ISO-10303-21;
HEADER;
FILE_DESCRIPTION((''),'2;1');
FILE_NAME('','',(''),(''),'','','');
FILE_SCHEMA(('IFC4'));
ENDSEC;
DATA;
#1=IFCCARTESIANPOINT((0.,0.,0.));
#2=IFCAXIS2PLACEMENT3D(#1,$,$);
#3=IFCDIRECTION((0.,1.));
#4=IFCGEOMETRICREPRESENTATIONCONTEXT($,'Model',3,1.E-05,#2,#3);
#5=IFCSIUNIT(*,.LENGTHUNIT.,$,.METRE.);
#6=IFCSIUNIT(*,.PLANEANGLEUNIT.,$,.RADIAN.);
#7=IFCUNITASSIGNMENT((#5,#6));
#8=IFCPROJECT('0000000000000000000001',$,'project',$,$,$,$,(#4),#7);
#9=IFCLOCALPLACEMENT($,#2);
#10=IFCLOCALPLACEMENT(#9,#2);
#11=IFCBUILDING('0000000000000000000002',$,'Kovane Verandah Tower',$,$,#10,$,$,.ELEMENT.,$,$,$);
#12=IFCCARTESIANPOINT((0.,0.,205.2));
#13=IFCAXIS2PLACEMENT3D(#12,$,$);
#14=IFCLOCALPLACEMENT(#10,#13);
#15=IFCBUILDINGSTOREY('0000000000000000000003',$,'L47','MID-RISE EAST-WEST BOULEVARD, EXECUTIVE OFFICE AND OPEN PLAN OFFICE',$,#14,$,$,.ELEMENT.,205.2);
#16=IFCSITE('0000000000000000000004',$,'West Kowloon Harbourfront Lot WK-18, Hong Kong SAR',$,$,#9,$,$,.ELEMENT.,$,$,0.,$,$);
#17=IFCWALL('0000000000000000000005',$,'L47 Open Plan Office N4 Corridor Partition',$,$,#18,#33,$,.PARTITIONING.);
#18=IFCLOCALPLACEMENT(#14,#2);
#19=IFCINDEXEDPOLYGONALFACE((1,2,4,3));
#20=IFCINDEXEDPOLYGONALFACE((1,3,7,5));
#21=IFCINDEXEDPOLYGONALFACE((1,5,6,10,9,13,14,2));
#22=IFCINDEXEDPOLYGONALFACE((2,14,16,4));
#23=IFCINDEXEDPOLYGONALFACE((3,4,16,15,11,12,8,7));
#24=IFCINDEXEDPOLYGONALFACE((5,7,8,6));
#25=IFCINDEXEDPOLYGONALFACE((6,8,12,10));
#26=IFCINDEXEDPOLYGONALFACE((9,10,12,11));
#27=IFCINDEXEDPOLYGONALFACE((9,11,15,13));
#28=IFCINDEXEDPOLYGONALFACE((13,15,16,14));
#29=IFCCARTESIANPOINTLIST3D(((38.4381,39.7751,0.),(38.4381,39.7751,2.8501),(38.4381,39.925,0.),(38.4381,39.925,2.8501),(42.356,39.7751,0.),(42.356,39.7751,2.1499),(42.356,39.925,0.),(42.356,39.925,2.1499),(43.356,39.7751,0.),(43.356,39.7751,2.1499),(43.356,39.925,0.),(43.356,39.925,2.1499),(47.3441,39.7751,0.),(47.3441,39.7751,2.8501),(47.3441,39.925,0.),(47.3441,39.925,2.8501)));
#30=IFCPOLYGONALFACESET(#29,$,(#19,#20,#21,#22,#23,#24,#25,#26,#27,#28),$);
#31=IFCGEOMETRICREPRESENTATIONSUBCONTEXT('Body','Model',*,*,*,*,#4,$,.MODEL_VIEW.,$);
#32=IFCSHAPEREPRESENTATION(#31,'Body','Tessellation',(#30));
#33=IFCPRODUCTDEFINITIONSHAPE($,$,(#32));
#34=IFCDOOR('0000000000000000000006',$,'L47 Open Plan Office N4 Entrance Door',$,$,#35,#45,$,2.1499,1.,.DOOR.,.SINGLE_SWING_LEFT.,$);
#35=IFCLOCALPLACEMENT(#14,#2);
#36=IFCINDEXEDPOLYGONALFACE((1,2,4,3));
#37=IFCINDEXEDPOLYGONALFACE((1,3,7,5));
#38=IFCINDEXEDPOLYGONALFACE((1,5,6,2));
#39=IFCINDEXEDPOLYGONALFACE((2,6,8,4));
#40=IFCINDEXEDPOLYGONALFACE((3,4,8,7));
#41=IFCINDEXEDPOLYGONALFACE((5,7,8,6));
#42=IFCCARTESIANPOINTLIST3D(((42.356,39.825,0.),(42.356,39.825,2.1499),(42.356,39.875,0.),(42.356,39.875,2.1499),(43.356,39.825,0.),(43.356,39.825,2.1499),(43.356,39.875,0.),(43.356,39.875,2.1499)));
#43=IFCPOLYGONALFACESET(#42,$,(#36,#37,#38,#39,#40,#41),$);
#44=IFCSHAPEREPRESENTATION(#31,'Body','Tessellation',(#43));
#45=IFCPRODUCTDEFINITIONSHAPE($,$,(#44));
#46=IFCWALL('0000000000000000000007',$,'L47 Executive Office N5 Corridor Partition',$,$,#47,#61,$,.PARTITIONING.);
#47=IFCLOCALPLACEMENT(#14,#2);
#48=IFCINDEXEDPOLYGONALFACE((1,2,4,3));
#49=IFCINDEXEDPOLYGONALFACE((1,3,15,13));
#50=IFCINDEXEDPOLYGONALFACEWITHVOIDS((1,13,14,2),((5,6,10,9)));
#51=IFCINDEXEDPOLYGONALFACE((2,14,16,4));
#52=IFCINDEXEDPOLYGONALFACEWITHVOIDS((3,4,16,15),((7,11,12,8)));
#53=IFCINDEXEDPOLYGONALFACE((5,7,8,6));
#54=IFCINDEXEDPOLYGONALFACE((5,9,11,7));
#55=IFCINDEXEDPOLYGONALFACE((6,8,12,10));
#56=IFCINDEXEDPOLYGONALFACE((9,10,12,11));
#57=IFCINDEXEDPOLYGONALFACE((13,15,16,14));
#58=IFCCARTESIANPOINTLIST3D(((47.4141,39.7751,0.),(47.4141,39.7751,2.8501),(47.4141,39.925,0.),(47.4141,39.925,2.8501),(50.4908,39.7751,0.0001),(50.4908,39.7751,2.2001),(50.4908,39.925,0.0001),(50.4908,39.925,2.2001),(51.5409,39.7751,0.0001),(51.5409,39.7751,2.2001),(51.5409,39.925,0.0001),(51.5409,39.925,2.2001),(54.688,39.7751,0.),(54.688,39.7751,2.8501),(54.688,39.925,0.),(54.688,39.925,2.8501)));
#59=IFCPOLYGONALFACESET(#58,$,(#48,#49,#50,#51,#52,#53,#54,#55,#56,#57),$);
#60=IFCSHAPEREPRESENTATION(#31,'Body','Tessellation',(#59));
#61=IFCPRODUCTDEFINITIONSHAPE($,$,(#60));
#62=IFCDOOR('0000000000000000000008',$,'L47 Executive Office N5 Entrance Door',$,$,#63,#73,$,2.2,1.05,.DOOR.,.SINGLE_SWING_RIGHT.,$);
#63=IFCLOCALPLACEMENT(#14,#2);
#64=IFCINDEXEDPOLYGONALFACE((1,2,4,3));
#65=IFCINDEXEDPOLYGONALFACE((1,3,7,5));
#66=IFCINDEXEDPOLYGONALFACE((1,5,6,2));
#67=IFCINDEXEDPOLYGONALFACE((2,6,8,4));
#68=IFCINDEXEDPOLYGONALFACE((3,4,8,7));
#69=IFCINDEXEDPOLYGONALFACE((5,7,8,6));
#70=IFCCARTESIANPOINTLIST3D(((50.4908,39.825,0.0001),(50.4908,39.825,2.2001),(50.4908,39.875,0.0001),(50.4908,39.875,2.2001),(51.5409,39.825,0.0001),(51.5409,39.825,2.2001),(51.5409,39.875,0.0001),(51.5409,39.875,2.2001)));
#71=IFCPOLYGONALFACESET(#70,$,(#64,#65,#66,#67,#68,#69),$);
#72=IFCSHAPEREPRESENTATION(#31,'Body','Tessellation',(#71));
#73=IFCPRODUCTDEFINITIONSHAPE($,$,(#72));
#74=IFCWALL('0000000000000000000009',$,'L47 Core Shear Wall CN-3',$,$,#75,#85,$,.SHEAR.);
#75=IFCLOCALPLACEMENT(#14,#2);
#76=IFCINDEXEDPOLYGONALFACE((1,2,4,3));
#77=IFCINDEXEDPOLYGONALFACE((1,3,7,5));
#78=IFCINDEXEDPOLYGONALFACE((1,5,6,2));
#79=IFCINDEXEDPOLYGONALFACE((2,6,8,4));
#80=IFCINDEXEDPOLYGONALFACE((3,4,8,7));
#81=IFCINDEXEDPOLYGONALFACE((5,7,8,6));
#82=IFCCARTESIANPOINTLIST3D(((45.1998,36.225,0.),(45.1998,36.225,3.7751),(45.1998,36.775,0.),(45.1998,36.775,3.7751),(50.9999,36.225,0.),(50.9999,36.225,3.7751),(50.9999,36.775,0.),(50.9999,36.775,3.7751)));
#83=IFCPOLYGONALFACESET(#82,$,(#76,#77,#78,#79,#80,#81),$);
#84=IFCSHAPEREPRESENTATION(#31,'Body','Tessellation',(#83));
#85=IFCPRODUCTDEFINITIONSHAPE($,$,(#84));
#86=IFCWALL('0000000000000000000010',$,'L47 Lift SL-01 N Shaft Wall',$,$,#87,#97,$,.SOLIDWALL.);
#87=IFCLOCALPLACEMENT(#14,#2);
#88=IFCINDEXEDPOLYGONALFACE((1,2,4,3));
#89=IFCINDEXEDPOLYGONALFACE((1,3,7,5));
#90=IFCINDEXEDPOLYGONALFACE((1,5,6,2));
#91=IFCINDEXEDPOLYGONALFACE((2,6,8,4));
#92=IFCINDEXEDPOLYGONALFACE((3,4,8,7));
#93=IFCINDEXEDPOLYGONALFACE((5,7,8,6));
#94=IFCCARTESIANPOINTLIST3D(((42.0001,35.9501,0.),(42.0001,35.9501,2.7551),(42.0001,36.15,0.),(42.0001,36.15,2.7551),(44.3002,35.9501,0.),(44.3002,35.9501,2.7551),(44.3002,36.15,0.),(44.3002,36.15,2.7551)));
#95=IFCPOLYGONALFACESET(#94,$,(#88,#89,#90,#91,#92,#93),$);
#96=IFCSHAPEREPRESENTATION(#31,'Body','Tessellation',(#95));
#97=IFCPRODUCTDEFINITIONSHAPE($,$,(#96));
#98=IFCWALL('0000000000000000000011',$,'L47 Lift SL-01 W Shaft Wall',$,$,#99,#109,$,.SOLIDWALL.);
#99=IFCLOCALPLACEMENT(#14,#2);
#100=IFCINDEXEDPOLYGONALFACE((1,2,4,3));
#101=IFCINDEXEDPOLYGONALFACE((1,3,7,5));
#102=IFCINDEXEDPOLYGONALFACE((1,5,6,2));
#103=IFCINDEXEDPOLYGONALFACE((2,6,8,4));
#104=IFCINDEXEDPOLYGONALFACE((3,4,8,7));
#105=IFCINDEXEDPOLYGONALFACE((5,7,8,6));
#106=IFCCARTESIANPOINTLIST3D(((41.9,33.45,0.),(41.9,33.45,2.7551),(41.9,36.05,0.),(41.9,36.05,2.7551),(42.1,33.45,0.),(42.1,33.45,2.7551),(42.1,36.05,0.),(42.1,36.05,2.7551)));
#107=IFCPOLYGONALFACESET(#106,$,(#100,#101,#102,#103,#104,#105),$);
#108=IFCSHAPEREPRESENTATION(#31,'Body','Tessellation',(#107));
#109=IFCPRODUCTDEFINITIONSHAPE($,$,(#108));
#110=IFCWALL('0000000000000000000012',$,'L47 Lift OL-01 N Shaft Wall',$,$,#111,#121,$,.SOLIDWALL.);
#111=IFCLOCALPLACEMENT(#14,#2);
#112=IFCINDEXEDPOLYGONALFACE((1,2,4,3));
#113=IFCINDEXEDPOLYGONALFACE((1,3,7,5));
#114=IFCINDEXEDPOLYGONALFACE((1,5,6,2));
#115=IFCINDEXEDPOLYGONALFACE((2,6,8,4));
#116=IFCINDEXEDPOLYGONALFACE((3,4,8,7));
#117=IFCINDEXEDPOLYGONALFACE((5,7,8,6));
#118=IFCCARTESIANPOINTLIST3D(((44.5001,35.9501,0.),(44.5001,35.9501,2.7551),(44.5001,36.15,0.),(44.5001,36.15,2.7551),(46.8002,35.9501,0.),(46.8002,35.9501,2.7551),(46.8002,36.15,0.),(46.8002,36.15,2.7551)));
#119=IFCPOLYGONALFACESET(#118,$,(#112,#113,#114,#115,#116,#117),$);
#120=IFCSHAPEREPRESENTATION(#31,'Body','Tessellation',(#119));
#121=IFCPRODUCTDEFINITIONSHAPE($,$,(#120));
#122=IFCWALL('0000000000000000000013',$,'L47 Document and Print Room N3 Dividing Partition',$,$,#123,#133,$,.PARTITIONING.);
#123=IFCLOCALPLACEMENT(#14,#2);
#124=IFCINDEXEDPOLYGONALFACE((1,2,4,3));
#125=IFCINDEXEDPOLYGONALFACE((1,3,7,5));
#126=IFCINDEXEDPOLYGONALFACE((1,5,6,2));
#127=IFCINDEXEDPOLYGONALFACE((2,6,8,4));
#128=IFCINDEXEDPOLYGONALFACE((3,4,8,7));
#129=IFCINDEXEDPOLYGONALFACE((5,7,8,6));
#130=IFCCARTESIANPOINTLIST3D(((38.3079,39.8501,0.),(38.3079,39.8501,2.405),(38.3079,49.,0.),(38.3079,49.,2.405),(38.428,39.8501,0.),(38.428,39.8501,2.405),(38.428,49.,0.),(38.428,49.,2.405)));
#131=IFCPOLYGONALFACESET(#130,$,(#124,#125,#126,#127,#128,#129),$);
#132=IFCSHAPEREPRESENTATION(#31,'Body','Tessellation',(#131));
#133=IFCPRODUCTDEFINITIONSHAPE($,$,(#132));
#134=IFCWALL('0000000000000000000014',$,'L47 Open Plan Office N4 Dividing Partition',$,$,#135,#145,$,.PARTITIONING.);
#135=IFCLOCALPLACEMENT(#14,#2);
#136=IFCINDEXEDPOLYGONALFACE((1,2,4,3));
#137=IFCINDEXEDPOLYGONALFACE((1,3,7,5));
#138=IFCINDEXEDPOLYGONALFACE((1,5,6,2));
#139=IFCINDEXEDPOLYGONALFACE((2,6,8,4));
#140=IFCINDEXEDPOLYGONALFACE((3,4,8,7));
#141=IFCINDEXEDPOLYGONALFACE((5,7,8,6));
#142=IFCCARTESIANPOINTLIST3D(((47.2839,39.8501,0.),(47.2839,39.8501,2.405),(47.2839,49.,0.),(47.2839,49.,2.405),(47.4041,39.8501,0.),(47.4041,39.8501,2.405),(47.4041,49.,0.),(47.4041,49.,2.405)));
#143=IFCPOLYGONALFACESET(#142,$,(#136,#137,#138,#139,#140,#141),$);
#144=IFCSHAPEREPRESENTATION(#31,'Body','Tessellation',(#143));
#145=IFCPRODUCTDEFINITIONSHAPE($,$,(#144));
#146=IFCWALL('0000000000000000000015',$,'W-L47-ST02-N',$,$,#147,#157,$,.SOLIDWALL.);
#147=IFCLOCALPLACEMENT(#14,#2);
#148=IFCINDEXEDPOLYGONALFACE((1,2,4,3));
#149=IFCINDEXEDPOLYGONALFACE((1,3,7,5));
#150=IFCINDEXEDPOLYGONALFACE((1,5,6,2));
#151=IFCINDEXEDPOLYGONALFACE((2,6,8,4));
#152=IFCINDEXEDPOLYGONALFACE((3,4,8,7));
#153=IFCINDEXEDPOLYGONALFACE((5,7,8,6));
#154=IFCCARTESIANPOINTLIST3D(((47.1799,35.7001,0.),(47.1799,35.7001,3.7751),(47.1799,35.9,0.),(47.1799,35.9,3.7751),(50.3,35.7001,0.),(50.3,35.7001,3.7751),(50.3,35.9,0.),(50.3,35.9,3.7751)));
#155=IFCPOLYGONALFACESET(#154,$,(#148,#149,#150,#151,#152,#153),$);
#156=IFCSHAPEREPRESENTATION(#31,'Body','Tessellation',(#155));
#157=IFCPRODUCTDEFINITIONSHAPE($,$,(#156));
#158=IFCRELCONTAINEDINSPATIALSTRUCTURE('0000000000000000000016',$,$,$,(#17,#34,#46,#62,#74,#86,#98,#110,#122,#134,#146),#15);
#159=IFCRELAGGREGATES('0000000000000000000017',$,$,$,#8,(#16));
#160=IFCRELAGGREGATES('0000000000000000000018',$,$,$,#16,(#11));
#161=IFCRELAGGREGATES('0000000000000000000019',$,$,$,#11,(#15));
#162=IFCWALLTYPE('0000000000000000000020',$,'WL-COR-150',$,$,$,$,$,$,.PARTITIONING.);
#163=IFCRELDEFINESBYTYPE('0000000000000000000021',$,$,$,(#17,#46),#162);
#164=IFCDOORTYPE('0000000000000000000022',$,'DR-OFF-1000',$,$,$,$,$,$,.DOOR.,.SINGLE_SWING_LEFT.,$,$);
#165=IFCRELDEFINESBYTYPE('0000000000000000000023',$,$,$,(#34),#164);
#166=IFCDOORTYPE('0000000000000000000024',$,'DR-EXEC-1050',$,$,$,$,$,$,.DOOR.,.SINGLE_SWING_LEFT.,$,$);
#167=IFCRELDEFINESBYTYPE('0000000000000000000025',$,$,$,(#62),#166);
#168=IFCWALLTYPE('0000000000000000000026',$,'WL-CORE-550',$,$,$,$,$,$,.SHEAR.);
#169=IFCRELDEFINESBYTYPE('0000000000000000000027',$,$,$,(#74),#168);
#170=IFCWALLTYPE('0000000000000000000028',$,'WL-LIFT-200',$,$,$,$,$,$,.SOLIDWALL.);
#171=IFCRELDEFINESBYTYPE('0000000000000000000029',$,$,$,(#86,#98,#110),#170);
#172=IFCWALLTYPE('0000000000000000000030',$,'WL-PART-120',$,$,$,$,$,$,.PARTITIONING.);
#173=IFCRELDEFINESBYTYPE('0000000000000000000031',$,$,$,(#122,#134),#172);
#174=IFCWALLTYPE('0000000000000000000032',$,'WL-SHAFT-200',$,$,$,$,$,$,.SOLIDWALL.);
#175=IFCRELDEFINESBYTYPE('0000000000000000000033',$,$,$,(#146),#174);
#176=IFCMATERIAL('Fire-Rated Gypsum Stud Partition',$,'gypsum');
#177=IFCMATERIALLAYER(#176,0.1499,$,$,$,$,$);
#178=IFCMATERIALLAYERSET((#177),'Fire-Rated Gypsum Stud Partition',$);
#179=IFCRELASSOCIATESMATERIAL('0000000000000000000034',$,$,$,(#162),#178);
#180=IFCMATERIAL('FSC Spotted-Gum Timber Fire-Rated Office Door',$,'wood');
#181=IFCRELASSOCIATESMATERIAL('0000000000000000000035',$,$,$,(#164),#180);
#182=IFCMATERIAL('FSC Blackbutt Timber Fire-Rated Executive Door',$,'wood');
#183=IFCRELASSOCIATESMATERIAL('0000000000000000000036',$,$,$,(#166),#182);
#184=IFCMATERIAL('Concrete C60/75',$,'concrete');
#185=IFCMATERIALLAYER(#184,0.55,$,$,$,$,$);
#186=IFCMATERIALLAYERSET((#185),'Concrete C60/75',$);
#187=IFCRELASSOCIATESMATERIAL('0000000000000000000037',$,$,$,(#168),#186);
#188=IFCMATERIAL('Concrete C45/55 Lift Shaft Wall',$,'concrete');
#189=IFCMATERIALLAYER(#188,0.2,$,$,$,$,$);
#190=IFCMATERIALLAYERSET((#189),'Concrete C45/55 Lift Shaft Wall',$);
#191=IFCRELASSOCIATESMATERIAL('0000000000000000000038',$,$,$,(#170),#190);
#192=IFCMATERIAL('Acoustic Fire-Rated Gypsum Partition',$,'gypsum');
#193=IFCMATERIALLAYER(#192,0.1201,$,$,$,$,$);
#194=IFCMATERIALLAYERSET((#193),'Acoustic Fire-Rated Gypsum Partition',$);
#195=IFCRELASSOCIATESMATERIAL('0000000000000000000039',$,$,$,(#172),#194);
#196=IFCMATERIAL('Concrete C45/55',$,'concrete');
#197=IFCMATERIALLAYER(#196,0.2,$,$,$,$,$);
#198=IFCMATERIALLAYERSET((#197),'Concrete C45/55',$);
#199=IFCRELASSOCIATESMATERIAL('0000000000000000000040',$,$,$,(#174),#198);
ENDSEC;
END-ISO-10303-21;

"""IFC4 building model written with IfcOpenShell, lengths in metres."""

from ifc_helpers import new_model, si_unit, direction, frame, frame_2d, origin, place, context, subcontext, project, spatial, rectangle, extrude, material, layer, layer_set, type_object, element, fill, save


model = new_model("IFC4")

# Units and contexts
model_context = context("Model", 3, precision=1e-05, world=origin(), true_north=direction((0.0, 1.0)))
body_context = subcontext(model_context, "Body", "Model", "MODEL_VIEW")
ifc_project = project(units=[si_unit("LENGTHUNIT", "METRE"), si_unit("PLANEANGLEUNIT", "RADIAN")], contexts=[model_context])

# Site, building, storey
site_placement = place(None, origin())
site = spatial("IfcSite", under=ifc_project, at=site_placement, Name="West Kowloon Harbourfront Lot WK-18, Hong Kong SAR", CompositionType="ELEMENT", RefElevation=0.0)
building_placement = place(site_placement, origin())
building = spatial("IfcBuilding", under=site, at=building_placement, Name="Kovane Verandah Tower", CompositionType="ELEMENT")
storey_placement = place(building_placement, frame((0.0, 0.0, 205.2)))
storey = spatial("IfcBuildingStorey", under=building, at=storey_placement, Name="L47", Description="MID-RISE EAST-WEST BOULEVARD, EXECUTIVE OFFICE AND OPEN PLAN OFFICE", CompositionType="ELEMENT", Elevation=205.2)

# Shared definitions
ifc_material_1 = material(Name="Concrete C60/75", Category="concrete")

# Walls, openings, doors
ifc_material_2 = material(Name="Fire-Rated Gypsum Stud Partition", Category="gypsum")
ifc_layer_1 = layer(ifc_material_2, 0.1499)
ifc_layer_set_1 = layer_set([ifc_layer_1], Name="Fire-Rated Gypsum Stud Partition")
wall_type_1 = type_object("IfcWallType", Name="WL-COR-150", PredefinedType="PARTITIONING", material=ifc_layer_set_1)
wall_1_placement = place(storey_placement, frame((38.438, 39.8501, 0.0), z_axis=(0.0, 0.0, 1.0), x_axis=(1.0, 0.0, 0.0)))
wall_1 = element("IfcWall", 1, at=wall_1_placement, inside=storey, type_object=wall_type_1, Name="L47 Open Plan Office N4 Corridor Partition", PredefinedType="PARTITIONING", context=body_context, shape_type="SweptSolid", body=[
    extrude(rectangle(XDim=8.906, YDim=0.1499, at=frame_2d((4.4531, 0.0))), origin(), (0.0, 0.0, 1.0), 2.8501),
])
opening_1_placement = place(wall_1_placement, frame((3.918, 0.0, 0.0)))
opening_1 = element("IfcOpeningElement", 2, at=opening_1_placement, cuts=wall_1, PredefinedType="OPENING", context=body_context, shape_type="SweptSolid", body=[
    extrude(rectangle(XDim=1.0, YDim=2.1499, at=frame_2d((0.5, 1.075))), frame((0.0, 0.075, 0.0), z_axis=(0.0, -1.0, 0.0), x_axis=(1.0, 0.0, 0.0)), (0.0, 0.0, 1.0), 0.1499),
])
ifc_material_3 = material(Name="FSC Spotted-Gum Timber Fire-Rated Office Door", Category="wood")
door_type_1 = type_object("IfcDoorType", Name="DR-OFF-1000", OperationType="SINGLE_SWING_LEFT", PredefinedType="DOOR", material=ifc_material_3)
door_1_placement = place(opening_1_placement, origin())
door_1 = element("IfcDoor", 3, at=door_1_placement, inside=storey, type_object=door_type_1, Name="L47 Open Plan Office N4 Entrance Door", OperationType="SINGLE_SWING_LEFT", OverallHeight=2.1499, OverallWidth=1.0, PredefinedType="DOOR", context=body_context, shape_type="SweptSolid", body=[
    extrude(rectangle(XDim=1.0, YDim=2.1499, at=frame_2d((0.5, 1.075))), frame((0.0, 0.0249, 0.0), z_axis=(0.0, -1.0, 0.0), x_axis=(1.0, 0.0, 0.0)), (0.0, 0.0, 1.0), 0.05),
])
fill(opening_1, door_1)
wall_2_placement = place(storey_placement, frame((47.4141, 39.8501, 0.0), z_axis=(0.0, 0.0, 1.0), x_axis=(1.0, 0.0, 0.0)))
wall_2 = element("IfcWall", 4, at=wall_2_placement, inside=storey, type_object=wall_type_1, Name="L47 Executive Office N5 Corridor Partition", PredefinedType="PARTITIONING", context=body_context, shape_type="SweptSolid", body=[
    extrude(rectangle(XDim=7.2739, YDim=0.1499, at=frame_2d((3.637, 0.0))), origin(), (0.0, 0.0, 1.0), 2.8501),
])
opening_2_placement = place(wall_2_placement, frame((3.0769, 0.0, 0.0)))
opening_2 = element("IfcOpeningElement", 5, at=opening_2_placement, cuts=wall_2, PredefinedType="OPENING", context=body_context, shape_type="SweptSolid", body=[
    extrude(rectangle(XDim=1.05, YDim=2.2, at=frame_2d((0.5249, 1.1001))), frame((0.0, 0.075, 0.0), z_axis=(0.0, -1.0, 0.0), x_axis=(1.0, 0.0, 0.0)), (0.0, 0.0, 1.0), 0.1499),
])
ifc_material_4 = material(Name="FSC Blackbutt Timber Fire-Rated Executive Door", Category="wood")
door_type_2 = type_object("IfcDoorType", Name="DR-EXEC-1050", OperationType="SINGLE_SWING_LEFT", PredefinedType="DOOR", material=ifc_material_4)
door_2_placement = place(opening_2_placement, origin())
door_2 = element("IfcDoor", 6, at=door_2_placement, inside=storey, type_object=door_type_2, Name="L47 Executive Office N5 Entrance Door", OperationType="SINGLE_SWING_RIGHT", OverallHeight=2.2, OverallWidth=1.05, PredefinedType="DOOR", context=body_context, shape_type="SweptSolid", body=[
    extrude(rectangle(XDim=1.05, YDim=2.2, at=frame_2d((0.5249, 1.1001))), frame((0.0, 0.0249, 0.0), z_axis=(0.0, -1.0, 0.0), x_axis=(1.0, 0.0, 0.0)), (0.0, 0.0, 1.0), 0.05),
])
fill(opening_2, door_2)

# Walls
ifc_layer_2 = layer(ifc_material_1, 0.55)
ifc_layer_set_2 = layer_set([ifc_layer_2], Name="Concrete C60/75")
wall_type_2 = type_object("IfcWallType", Name="WL-CORE-550", PredefinedType="SHEAR", material=ifc_layer_set_2)
wall_3_placement = place(storey_placement, frame((45.2, 36.5, 0.0), z_axis=(0.0, 0.0, 1.0), x_axis=(1.0, 0.0, 0.0)))
element("IfcWall", 7, at=wall_3_placement, inside=storey, type_object=wall_type_2, Name="L47 Core Shear Wall CN-3", PredefinedType="SHEAR", context=body_context, shape_type="SweptSolid", body=[
    extrude(rectangle(XDim=5.8, YDim=0.55, at=frame_2d((2.8999, 0.0))), origin(), (0.0, 0.0, 1.0), 3.7751),
])
ifc_material_5 = material(Name="Concrete C45/55 Lift Shaft Wall", Category="concrete")
ifc_layer_3 = layer(ifc_material_5, 0.2)
ifc_layer_set_3 = layer_set([ifc_layer_3], Name="Concrete C45/55 Lift Shaft Wall")
wall_type_3 = type_object("IfcWallType", Name="WL-LIFT-200", PredefinedType="SOLIDWALL", material=ifc_layer_set_3)
wall_4_placement = place(storey_placement, frame((44.3, 36.05, 0.0), z_axis=(0.0, 0.0, 1.0), x_axis=(-1.0, 0.0, 0.0)))
element("IfcWall", 8, at=wall_4_placement, inside=storey, type_object=wall_type_3, Name="L47 Lift SL-01 N Shaft Wall", PredefinedType="SOLIDWALL", context=body_context, shape_type="SweptSolid", body=[
    extrude(rectangle(XDim=2.3, YDim=0.2, at=frame_2d((1.1499, 0.0))), origin(), (0.0, 0.0, 1.0), 2.7551),
])
wall_5_placement = place(storey_placement, frame((42.0, 36.05, 0.0), z_axis=(0.0, 0.0, 1.0), x_axis=(0.0, -1.0, 0.0)))
element("IfcWall", 9, at=wall_5_placement, inside=storey, type_object=wall_type_3, Name="L47 Lift SL-01 W Shaft Wall", PredefinedType="SOLIDWALL", context=body_context, shape_type="SweptSolid", body=[
    extrude(rectangle(XDim=2.6001, YDim=0.2, at=frame_2d((1.3, 0.0))), origin(), (0.0, 0.0, 1.0), 2.7551),
])
wall_6_placement = place(storey_placement, frame((46.8, 36.05, 0.0), z_axis=(0.0, 0.0, 1.0), x_axis=(-1.0, 0.0, 0.0)))
element("IfcWall", 10, at=wall_6_placement, inside=storey, type_object=wall_type_3, Name="L47 Lift OL-01 N Shaft Wall", PredefinedType="SOLIDWALL", context=body_context, shape_type="SweptSolid", body=[
    extrude(rectangle(XDim=2.3, YDim=0.2, at=frame_2d((1.1499, 0.0))), origin(), (0.0, 0.0, 1.0), 2.7551),
])
ifc_material_6 = material(Name="Acoustic Fire-Rated Gypsum Partition", Category="gypsum")
ifc_layer_4 = layer(ifc_material_6, 0.1201)
ifc_layer_set_4 = layer_set([ifc_layer_4], Name="Acoustic Fire-Rated Gypsum Partition")
wall_type_4 = type_object("IfcWallType", Name="WL-PART-120", PredefinedType="PARTITIONING", material=ifc_layer_set_4)
for number, where, z_axis, x_axis, name in (
    (11, (38.3679, 39.8501, 0.0), (0.0, 0.0, 1.0), (0.0, 1.0, 0.0), "L47 Document and Print Room N3 Dividing Partition"),
    (12, (47.344, 39.8501, 0.0), (0.0, 0.0, 1.0), (0.0, 1.0, 0.0), "L47 Open Plan Office N4 Dividing Partition"),
):
    element("IfcWall", number, at=place(storey_placement, frame(where, z_axis=z_axis, x_axis=x_axis)), inside=storey, type_object=wall_type_4, Name=name, PredefinedType="PARTITIONING", context=body_context, shape_type="SweptSolid", body=[
        extrude(rectangle(XDim=9.1499, YDim=0.1201, at=frame_2d((4.575, 0.0))), origin(), (0.0, 0.0, 1.0), 2.405),
    ])
ifc_material_7 = material(Name="Concrete C45/55", Category="concrete")
ifc_layer_5 = layer(ifc_material_7, 0.2)
ifc_layer_set_5 = layer_set([ifc_layer_5], Name="Concrete C45/55")
wall_type_5 = type_object("IfcWallType", Name="WL-SHAFT-200", PredefinedType="SOLIDWALL", material=ifc_layer_set_5)
wall_7_placement = place(storey_placement, frame((47.1799, 35.8, 0.0), z_axis=(0.0, 0.0, 1.0), x_axis=(1.0, 0.0, 0.0)))
element("IfcWall", 13, at=wall_7_placement, inside=storey, type_object=wall_type_5, Name="W-L47-ST02-N", PredefinedType="SOLIDWALL", context=body_context, shape_type="SweptSolid", body=[
    extrude(rectangle(XDim=3.1201, YDim=0.2, at=frame_2d((1.5601, 0.0))), origin(), (0.0, 0.0, 1.0), 3.7751),
])

save(model, "model.ifc")
